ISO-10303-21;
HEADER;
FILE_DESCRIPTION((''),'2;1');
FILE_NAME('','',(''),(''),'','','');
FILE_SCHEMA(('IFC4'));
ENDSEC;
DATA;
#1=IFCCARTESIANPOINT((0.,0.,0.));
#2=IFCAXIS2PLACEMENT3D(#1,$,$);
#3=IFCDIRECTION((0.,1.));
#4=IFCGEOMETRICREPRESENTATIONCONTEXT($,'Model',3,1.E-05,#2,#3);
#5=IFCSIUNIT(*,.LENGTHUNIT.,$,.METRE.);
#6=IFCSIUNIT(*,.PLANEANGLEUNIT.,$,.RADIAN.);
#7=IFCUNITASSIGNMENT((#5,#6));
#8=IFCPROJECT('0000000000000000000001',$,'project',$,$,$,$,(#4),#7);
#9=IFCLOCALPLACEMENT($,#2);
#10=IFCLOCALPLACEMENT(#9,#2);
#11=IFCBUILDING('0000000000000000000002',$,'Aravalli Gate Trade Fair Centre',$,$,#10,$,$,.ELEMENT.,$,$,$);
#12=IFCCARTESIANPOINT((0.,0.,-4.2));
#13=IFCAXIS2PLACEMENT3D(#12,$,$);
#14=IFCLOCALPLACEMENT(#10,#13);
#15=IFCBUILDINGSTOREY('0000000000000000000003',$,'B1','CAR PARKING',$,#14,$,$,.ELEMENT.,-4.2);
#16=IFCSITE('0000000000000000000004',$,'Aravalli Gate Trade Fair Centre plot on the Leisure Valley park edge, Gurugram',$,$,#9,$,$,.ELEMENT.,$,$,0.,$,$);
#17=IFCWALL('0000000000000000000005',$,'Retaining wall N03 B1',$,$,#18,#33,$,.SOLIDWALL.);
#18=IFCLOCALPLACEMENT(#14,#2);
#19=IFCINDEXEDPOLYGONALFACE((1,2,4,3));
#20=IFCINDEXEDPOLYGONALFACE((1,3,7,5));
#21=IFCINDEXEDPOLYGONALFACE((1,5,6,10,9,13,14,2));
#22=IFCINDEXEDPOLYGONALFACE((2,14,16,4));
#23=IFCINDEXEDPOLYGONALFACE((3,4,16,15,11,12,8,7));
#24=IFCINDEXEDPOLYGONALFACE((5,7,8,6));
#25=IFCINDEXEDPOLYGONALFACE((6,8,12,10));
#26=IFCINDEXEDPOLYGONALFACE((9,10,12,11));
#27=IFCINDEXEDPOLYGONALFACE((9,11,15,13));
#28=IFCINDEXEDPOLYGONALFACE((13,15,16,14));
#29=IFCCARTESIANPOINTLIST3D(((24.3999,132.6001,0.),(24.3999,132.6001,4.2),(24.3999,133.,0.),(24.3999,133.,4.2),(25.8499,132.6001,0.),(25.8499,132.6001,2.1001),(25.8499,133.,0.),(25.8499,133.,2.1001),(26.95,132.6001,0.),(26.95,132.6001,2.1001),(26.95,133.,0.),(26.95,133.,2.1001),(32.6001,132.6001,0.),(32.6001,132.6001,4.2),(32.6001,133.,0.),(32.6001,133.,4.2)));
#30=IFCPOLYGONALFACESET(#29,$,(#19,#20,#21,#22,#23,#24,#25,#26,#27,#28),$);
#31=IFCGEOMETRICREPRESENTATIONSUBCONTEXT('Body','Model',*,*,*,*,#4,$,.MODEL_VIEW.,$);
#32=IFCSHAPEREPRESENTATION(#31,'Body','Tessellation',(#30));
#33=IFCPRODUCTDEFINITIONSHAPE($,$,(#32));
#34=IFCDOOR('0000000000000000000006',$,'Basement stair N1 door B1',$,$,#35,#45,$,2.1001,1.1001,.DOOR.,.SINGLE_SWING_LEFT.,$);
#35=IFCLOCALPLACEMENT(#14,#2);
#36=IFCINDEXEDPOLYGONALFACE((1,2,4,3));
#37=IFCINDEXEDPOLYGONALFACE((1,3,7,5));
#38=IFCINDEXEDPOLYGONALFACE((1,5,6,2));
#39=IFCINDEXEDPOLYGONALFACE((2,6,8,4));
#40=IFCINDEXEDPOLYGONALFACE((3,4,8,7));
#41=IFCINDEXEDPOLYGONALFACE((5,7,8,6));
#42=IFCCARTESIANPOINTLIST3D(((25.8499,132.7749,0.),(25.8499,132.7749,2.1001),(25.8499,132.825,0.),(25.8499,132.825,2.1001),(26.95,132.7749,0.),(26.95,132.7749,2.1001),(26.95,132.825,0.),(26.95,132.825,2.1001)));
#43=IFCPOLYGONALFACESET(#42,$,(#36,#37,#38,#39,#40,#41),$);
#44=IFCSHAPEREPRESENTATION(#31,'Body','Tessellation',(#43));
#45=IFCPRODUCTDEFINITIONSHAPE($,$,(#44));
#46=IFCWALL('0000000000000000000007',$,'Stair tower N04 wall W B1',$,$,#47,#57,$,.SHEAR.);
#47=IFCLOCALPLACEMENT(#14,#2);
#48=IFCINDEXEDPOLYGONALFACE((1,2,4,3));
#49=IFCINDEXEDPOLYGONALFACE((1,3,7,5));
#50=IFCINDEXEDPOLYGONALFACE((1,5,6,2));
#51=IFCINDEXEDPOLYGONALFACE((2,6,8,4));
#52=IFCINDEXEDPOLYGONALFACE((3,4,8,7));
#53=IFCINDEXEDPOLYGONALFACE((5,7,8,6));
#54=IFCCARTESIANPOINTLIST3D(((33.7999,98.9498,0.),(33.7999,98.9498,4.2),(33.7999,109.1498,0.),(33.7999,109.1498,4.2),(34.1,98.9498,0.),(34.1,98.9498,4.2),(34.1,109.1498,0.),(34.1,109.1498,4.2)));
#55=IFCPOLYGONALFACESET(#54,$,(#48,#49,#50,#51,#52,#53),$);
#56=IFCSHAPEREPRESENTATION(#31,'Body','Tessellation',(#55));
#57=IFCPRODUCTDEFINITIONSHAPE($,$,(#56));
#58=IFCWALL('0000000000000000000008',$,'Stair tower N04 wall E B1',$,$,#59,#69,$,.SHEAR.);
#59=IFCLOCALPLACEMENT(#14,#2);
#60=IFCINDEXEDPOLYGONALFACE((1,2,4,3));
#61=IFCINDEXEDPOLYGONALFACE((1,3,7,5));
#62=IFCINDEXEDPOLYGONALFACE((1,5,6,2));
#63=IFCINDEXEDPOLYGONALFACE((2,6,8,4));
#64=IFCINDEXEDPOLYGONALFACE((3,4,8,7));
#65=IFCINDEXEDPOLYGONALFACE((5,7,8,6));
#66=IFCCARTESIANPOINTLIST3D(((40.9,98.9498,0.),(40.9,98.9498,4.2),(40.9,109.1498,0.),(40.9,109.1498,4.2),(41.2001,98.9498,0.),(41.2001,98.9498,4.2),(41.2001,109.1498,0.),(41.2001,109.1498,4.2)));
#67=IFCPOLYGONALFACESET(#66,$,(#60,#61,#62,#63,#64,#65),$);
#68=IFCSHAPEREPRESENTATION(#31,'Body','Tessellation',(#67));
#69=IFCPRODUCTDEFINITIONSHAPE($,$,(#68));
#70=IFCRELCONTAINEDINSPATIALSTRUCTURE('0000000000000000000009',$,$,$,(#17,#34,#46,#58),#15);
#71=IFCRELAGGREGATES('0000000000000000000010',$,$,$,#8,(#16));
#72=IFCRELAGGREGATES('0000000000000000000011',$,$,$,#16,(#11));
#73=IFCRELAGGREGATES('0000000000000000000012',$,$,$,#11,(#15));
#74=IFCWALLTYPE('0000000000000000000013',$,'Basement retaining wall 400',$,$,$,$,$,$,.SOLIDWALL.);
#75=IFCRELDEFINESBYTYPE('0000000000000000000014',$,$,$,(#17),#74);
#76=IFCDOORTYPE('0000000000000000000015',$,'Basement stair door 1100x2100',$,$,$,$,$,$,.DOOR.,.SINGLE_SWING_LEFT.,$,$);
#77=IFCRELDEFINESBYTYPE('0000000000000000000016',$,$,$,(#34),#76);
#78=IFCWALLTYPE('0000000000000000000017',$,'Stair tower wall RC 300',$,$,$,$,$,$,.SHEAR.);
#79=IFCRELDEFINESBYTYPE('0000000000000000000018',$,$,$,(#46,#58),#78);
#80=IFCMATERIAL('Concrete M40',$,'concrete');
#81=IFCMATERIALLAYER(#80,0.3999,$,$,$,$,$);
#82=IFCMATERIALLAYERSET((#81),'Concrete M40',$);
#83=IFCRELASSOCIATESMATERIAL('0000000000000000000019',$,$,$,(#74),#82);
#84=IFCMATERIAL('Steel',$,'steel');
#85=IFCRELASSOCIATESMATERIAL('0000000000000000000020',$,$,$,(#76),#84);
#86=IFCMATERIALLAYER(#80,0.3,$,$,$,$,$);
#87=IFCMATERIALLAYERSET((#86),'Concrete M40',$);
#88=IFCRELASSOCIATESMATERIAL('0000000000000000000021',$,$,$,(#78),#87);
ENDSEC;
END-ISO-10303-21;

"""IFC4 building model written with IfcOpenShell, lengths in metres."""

from ifc_helpers import new_model, si_unit, direction, frame, frame_2d, origin, place, context, subcontext, project, spatial, rectangle, extrude, material, layer, layer_set, type_object, element, fill, save


model = new_model("IFC4")

# Units and contexts
model_context = context("Model", 3, precision=1e-05, world=origin(), true_north=direction((0.0, 1.0)))
body_context = subcontext(model_context, "Body", "Model", "MODEL_VIEW")
ifc_project = project(units=[si_unit("LENGTHUNIT", "METRE"), si_unit("PLANEANGLEUNIT", "RADIAN")], contexts=[model_context])

# Site, building, storey
site_placement = place(None, origin())
site = spatial("IfcSite", under=ifc_project, at=site_placement, Name="Aravalli Gate Trade Fair Centre plot on the Leisure Valley park edge, Gurugram", CompositionType="ELEMENT", RefElevation=0.0)
building_placement = place(site_placement, origin())
building = spatial("IfcBuilding", under=site, at=building_placement, Name="Aravalli Gate Trade Fair Centre", CompositionType="ELEMENT")
storey_placement = place(building_placement, frame((0.0, 0.0, -4.2)))
storey = spatial("IfcBuildingStorey", under=building, at=storey_placement, Name="B1", Description="CAR PARKING", CompositionType="ELEMENT", Elevation=-4.2)

# Shared definitions
ifc_material_1 = material(Name="Steel", Category="steel")

# Wall, opening, door
ifc_material_2 = material(Name="Concrete M40", Category="concrete")
ifc_layer_1 = layer(ifc_material_2, 0.3999)
ifc_layer_set_1 = layer_set([ifc_layer_1], Name="Concrete M40")
wall_type_1 = type_object("IfcWallType", Name="Basement retaining wall 400", PredefinedType="SOLIDWALL", material=ifc_layer_set_1)
wall_1_placement = place(storey_placement, frame((24.3999, 132.8, 0.0), z_axis=(0.0, 0.0, 1.0), x_axis=(1.0, 0.0, 0.0)))
wall_1 = element("IfcWall", 1, at=wall_1_placement, inside=storey, type_object=wall_type_1, Name="Retaining wall N03 B1", PredefinedType="SOLIDWALL", context=body_context, shape_type="SweptSolid", body=[
    extrude(rectangle(XDim=8.2002, YDim=0.3999, at=frame_2d((4.1001, 0.0))), origin(), (0.0, 0.0, 1.0), 4.2),
])
opening_1_placement = place(wall_1_placement, frame((1.45, 0.0, 0.0)))
opening_1 = element("IfcOpeningElement", 2, at=opening_1_placement, cuts=wall_1, PredefinedType="OPENING", context=body_context, shape_type="SweptSolid", body=[
    extrude(rectangle(XDim=1.1001, YDim=2.1001, at=frame_2d((0.55, 1.05))), frame((0.0, 0.21, 0.0), z_axis=(0.0, -1.0, 0.0), x_axis=(1.0, 0.0, 0.0)), (0.0, 0.0, 1.0), 0.4199),
])
door_type_1 = type_object("IfcDoorType", Name="Basement stair door 1100x2100", OperationType="SINGLE_SWING_LEFT", PredefinedType="DOOR", material=ifc_material_1)
door_1_placement = place(opening_1_placement, origin())
door_1 = element("IfcDoor", 3, at=door_1_placement, inside=storey, type_object=door_type_1, Name="Basement stair N1 door B1", OperationType="SINGLE_SWING_LEFT", OverallHeight=2.1001, OverallWidth=1.1001, PredefinedType="DOOR", context=body_context, shape_type="SweptSolid", body=[
    extrude(rectangle(XDim=1.1001, YDim=2.1001, at=frame_2d((0.55, 1.05))), frame((0.0, 0.0249, 0.0), z_axis=(0.0, -1.0, 0.0), x_axis=(1.0, 0.0, 0.0)), (0.0, 0.0, 1.0), 0.05),
])
fill(opening_1, door_1)

# Walls
ifc_layer_2 = layer(ifc_material_2, 0.3)
ifc_layer_set_2 = layer_set([ifc_layer_2], Name="Concrete M40")
wall_type_2 = type_object("IfcWallType", Name="Stair tower wall RC 300", PredefinedType="SHEAR", material=ifc_layer_set_2)
for number, where, z_axis, x_axis, name in (
    (4, (33.95, 109.1499, 0.0), (0.0, 0.0, 1.0), (0.0, -1.0, 0.0), "Stair tower N04 wall W B1"),
    (5, (41.05, 109.1499, 0.0), (0.0, 0.0, 1.0), (0.0, -1.0, 0.0), "Stair tower N04 wall E B1"),
):
    element("IfcWall", number, at=place(storey_placement, frame(where, z_axis=z_axis, x_axis=x_axis)), inside=storey, type_object=wall_type_2, Name=name, PredefinedType="SHEAR", context=body_context, shape_type="SweptSolid", body=[
        extrude(rectangle(XDim=10.2, YDim=0.3, at=frame_2d((5.1001, 0.0))), origin(), (0.0, 0.0, 1.0), 4.2),
    ])

save(model, "model.ifc")
